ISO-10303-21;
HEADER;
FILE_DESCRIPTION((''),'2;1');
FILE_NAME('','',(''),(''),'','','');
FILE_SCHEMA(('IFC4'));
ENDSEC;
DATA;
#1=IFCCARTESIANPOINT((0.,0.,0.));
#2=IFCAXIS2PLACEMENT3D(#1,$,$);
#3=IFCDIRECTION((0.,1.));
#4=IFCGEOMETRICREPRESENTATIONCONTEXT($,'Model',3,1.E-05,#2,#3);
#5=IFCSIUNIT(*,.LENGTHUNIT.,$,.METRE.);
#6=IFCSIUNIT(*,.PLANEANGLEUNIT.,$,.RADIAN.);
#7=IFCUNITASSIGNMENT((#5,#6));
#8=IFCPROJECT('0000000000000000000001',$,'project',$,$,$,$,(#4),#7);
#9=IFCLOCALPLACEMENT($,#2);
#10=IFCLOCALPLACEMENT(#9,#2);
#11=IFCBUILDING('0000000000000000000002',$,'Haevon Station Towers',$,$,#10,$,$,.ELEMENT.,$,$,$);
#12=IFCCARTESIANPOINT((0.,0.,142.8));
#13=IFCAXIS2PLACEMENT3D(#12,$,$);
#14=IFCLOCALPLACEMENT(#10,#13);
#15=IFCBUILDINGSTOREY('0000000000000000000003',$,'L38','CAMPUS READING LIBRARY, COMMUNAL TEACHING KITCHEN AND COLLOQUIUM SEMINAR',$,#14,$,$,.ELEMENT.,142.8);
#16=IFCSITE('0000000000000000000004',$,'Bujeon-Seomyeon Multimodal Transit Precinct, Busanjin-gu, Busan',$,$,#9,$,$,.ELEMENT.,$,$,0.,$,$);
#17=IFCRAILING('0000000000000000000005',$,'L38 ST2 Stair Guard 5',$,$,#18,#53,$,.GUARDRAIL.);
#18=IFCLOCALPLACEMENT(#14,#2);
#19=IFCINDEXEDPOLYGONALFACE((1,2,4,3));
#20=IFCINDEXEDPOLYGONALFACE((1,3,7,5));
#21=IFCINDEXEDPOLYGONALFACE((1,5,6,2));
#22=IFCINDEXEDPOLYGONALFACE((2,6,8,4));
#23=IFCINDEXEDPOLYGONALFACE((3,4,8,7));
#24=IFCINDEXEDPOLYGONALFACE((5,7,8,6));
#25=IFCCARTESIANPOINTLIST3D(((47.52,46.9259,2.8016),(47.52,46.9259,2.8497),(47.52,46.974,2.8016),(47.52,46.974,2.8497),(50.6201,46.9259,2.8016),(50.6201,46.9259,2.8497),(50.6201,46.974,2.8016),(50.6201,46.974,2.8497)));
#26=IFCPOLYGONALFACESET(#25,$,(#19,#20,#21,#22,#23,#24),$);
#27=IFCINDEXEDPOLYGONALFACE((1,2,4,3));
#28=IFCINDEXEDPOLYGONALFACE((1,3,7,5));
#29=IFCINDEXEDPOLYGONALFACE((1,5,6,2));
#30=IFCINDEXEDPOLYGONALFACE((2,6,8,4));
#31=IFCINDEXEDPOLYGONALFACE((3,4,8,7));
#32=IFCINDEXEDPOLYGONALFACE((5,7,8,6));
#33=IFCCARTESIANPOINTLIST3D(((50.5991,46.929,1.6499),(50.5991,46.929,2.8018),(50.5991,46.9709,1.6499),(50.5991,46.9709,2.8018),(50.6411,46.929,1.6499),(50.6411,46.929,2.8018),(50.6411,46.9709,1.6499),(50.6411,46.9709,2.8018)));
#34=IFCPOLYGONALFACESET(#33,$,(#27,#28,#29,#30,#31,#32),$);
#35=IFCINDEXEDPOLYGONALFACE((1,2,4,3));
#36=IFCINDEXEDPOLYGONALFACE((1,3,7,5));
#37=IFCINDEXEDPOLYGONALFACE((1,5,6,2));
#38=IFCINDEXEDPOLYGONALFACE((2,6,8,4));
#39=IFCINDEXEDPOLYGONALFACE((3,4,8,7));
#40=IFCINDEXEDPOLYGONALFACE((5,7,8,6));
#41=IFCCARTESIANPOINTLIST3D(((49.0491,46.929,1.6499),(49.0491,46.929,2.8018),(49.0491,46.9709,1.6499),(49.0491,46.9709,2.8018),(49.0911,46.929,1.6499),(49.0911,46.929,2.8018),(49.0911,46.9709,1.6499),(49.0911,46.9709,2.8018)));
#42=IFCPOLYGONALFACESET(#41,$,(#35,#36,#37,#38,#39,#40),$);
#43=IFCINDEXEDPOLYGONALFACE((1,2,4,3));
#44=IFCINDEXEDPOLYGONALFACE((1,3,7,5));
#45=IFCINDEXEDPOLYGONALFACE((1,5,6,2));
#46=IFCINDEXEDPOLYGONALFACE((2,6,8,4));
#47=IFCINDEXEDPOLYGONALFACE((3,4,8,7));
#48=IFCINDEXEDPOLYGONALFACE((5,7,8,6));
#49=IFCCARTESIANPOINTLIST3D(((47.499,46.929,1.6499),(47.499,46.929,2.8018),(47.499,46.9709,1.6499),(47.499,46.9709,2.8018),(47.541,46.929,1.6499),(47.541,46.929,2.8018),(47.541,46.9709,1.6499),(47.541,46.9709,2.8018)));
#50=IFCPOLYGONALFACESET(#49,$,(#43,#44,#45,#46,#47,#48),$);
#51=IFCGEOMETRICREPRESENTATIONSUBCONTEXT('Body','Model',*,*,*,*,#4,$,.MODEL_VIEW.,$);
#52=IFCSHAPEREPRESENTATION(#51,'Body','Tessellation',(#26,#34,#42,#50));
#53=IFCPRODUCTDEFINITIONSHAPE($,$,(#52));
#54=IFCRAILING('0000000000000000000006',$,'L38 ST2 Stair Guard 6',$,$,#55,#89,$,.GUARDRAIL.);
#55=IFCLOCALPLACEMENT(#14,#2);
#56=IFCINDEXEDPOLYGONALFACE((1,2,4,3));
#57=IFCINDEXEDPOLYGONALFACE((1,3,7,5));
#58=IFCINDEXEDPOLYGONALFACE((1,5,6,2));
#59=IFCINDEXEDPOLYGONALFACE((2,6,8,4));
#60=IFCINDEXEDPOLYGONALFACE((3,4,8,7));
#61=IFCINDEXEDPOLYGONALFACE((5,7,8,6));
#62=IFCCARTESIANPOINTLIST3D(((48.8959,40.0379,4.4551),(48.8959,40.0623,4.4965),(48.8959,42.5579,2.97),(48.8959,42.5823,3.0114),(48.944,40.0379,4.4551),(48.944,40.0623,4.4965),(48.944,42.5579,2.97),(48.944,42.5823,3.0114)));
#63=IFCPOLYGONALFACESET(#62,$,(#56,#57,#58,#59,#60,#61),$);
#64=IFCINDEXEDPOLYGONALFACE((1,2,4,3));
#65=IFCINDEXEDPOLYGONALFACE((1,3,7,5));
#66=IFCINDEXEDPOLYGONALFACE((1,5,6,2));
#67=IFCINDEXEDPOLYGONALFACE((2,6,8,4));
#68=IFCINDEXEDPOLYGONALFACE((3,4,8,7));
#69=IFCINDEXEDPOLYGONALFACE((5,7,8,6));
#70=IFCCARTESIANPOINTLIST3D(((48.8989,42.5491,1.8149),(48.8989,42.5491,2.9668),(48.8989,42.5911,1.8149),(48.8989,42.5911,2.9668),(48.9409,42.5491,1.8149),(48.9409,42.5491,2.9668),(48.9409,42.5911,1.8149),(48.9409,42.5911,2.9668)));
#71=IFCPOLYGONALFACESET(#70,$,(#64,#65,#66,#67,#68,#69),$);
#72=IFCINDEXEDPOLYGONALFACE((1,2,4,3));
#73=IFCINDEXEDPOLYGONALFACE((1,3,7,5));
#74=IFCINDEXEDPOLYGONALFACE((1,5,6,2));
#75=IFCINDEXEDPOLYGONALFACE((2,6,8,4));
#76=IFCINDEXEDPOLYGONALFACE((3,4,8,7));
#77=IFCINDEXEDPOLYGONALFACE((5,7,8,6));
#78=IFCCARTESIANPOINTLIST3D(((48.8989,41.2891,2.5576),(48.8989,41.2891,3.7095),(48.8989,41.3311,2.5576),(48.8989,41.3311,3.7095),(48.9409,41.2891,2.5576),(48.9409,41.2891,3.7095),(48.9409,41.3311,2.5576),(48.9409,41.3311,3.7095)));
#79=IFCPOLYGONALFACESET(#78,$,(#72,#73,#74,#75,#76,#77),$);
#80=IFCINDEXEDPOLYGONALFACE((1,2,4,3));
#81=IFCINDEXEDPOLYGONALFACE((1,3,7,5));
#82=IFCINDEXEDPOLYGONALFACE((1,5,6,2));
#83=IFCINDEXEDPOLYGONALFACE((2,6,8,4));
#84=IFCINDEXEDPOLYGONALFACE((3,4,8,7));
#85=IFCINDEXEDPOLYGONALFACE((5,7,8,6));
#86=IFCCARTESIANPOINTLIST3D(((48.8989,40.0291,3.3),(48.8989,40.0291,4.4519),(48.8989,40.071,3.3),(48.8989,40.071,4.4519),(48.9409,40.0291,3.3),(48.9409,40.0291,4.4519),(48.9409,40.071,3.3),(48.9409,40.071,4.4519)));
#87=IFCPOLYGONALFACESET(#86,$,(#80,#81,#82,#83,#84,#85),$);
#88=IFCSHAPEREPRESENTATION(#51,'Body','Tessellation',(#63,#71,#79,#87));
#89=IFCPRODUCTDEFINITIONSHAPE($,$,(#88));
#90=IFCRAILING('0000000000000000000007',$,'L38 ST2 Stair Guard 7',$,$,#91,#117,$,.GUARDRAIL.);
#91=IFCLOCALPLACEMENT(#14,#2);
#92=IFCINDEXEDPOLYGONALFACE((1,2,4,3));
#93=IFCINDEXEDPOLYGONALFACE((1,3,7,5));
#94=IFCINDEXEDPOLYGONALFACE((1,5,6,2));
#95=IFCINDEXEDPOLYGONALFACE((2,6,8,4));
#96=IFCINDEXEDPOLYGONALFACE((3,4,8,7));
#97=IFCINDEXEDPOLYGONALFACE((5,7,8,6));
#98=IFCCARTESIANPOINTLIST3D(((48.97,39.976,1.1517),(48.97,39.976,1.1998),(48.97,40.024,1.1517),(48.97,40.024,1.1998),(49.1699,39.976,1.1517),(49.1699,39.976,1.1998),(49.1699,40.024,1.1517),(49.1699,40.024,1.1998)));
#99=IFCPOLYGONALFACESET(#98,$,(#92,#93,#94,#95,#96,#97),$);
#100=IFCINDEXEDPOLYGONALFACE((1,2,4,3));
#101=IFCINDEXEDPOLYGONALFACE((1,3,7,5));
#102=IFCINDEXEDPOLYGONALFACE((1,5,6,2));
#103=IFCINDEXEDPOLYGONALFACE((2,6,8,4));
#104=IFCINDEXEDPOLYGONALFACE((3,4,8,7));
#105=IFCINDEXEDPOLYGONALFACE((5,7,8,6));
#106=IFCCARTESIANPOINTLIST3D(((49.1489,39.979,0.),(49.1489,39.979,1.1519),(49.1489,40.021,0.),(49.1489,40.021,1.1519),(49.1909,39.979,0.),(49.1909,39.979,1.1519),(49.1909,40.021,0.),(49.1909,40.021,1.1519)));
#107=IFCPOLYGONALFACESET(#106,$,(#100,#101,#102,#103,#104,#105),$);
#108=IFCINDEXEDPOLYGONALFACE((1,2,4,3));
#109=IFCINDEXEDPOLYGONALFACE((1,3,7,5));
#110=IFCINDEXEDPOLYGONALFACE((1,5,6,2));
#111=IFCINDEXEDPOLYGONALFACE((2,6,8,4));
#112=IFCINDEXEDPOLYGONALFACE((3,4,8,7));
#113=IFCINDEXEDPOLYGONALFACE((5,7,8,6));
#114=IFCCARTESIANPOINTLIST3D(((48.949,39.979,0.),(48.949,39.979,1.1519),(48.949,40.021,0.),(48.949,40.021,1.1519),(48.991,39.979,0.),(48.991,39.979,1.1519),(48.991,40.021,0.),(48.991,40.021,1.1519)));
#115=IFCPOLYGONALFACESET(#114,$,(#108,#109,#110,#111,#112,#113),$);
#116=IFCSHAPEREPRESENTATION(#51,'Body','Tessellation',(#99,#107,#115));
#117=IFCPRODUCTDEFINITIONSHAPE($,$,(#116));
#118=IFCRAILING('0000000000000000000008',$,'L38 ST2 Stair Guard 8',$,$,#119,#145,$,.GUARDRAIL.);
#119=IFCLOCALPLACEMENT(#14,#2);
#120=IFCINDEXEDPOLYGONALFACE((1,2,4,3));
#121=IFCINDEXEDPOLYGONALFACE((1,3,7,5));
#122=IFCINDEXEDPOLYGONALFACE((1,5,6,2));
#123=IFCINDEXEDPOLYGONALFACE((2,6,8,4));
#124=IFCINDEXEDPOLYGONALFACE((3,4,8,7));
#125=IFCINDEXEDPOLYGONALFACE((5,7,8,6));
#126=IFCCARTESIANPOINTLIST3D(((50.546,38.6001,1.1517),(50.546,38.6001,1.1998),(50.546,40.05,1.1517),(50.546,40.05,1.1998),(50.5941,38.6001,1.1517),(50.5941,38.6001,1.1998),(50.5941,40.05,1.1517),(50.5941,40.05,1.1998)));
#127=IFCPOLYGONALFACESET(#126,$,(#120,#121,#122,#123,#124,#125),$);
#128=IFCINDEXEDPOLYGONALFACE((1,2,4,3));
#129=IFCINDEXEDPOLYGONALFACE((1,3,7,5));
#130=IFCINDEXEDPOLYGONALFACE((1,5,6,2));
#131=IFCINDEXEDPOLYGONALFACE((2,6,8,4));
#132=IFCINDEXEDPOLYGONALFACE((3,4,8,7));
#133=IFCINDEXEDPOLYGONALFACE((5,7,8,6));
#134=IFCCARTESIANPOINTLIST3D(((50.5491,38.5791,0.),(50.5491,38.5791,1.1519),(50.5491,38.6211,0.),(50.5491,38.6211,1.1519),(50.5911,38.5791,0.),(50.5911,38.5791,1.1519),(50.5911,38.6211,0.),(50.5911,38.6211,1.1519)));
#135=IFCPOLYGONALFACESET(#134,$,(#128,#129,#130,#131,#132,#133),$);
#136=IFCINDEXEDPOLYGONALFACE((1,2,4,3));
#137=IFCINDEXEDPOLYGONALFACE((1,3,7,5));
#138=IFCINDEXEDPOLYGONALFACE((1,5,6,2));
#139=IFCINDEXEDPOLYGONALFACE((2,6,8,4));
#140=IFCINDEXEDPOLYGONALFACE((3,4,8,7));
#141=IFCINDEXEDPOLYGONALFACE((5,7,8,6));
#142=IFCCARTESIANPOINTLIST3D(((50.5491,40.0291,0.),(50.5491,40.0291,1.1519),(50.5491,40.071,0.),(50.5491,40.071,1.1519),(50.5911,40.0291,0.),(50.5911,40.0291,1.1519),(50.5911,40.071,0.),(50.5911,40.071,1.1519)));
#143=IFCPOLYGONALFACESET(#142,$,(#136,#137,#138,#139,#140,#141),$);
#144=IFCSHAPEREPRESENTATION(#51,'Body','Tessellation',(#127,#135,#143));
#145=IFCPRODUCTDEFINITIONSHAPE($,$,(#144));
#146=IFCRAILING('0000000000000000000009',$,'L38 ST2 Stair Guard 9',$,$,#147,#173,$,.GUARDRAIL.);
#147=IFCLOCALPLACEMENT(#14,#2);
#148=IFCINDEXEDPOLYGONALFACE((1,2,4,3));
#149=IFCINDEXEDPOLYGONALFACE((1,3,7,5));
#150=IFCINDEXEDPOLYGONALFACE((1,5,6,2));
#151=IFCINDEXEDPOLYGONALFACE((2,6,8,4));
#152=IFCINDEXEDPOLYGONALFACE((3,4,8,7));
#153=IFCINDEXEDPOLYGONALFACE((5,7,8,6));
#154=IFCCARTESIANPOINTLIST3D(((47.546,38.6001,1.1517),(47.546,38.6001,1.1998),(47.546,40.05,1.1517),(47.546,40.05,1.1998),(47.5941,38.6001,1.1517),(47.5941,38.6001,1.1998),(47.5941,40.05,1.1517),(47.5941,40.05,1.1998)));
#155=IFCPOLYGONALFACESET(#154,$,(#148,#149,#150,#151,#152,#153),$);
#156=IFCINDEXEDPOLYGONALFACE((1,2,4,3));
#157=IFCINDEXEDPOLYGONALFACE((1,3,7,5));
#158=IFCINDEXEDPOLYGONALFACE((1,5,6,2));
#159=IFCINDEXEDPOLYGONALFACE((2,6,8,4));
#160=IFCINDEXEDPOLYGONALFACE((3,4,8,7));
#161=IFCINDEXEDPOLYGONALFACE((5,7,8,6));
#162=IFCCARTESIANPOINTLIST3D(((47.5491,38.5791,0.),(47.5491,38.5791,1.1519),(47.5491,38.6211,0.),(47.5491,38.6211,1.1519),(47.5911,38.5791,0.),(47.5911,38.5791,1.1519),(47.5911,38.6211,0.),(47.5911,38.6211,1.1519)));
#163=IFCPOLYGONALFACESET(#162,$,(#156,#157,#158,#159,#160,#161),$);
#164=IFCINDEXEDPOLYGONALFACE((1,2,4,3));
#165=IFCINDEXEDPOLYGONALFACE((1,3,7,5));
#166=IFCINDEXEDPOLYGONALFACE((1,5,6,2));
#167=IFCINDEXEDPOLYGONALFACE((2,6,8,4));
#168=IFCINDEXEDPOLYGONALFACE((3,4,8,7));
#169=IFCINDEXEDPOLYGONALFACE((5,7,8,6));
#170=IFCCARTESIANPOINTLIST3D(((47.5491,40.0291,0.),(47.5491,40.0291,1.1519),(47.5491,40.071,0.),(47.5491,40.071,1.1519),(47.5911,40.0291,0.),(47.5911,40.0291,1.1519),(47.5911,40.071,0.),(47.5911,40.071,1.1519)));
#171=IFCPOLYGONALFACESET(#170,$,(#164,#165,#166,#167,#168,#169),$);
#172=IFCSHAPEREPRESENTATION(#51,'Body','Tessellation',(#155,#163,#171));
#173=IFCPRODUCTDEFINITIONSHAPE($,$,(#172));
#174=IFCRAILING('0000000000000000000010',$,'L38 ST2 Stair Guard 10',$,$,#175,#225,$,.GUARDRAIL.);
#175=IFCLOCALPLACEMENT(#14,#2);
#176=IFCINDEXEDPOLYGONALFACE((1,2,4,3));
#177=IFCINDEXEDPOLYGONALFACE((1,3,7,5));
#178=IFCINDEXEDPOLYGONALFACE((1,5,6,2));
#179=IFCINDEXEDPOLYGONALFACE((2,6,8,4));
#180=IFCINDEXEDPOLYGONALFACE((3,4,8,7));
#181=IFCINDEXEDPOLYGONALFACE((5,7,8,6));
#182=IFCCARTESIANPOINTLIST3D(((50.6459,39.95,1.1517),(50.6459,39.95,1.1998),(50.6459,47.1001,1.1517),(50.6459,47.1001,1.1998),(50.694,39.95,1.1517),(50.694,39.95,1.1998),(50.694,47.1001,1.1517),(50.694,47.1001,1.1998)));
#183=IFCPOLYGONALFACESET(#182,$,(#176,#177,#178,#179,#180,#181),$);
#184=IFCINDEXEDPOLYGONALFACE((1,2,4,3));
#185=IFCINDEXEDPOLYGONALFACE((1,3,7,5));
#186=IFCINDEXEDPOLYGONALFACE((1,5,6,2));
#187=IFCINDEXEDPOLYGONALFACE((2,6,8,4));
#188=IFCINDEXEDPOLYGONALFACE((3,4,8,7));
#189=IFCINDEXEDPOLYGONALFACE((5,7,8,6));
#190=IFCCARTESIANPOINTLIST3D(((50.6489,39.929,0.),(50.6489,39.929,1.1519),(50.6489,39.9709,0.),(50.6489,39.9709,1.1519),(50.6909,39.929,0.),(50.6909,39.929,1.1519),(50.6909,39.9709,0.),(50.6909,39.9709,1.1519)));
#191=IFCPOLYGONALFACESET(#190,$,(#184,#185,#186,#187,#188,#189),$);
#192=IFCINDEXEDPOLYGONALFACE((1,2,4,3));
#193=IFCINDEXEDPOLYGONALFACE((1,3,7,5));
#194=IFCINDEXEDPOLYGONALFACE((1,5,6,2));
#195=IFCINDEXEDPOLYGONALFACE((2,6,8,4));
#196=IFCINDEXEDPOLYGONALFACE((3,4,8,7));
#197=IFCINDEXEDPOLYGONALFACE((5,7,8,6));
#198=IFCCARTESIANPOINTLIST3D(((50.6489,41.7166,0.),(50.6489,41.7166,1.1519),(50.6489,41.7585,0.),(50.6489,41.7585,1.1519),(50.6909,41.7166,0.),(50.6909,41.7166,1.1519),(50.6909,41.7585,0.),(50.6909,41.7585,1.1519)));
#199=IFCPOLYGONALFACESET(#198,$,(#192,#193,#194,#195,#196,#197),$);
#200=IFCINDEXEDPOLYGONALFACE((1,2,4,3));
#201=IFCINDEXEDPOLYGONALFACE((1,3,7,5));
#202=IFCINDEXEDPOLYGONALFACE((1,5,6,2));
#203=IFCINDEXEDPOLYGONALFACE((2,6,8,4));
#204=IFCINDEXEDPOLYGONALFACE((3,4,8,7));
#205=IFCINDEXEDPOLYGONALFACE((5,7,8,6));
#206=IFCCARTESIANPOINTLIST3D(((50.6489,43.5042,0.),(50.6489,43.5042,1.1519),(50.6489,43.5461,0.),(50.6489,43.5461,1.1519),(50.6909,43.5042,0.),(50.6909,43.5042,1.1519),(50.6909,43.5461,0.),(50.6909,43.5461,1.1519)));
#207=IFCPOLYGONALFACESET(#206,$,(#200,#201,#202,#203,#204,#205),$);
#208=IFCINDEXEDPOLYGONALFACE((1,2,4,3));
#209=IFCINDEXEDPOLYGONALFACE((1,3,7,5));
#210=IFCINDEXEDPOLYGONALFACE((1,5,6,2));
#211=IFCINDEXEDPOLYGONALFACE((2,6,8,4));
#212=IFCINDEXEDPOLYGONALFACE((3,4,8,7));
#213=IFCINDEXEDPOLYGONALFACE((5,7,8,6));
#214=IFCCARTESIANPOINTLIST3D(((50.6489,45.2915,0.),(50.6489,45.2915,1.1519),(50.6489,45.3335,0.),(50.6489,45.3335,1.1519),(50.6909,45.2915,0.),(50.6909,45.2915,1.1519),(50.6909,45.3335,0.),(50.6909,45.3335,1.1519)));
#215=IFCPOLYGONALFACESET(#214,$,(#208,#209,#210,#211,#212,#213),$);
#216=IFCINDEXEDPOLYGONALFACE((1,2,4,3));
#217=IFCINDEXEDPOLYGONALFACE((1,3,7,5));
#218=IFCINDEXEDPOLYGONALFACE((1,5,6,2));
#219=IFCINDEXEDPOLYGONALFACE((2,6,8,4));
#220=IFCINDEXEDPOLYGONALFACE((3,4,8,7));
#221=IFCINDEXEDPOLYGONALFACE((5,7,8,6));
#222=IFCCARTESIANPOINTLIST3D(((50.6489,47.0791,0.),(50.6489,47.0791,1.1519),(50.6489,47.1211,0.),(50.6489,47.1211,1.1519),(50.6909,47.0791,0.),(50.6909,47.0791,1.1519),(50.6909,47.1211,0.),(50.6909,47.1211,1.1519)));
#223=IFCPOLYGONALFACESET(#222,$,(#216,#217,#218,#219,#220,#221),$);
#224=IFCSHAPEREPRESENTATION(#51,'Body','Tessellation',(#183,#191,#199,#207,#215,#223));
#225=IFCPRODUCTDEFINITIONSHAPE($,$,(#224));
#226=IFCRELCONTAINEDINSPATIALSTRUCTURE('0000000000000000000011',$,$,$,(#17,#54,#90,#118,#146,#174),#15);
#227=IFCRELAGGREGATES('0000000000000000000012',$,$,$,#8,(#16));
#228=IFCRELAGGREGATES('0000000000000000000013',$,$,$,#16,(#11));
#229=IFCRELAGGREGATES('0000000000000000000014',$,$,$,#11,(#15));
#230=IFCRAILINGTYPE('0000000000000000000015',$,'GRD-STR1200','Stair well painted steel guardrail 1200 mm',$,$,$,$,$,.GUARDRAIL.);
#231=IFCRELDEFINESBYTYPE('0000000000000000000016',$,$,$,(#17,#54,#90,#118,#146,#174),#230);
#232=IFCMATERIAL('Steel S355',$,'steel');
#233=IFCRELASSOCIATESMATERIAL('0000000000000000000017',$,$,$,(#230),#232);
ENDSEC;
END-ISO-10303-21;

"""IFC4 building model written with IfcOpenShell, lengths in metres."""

from ifc_helpers import new_model, si_unit, direction, frame, origin, origin_2d, place, context, subcontext, project, spatial, rectangle, extrude, material, type_object, element, save


model = new_model("IFC4")

# Units and contexts
model_context = context("Model", 3, precision=1e-05, world=origin(), true_north=direction((0.0, 1.0)))
body_context = subcontext(model_context, "Body", "Model", "MODEL_VIEW")
ifc_project = project(units=[si_unit("LENGTHUNIT", "METRE"), si_unit("PLANEANGLEUNIT", "RADIAN")], contexts=[model_context])

# Site, building, storey
site_placement = place(None, origin())
site = spatial("IfcSite", under=ifc_project, at=site_placement, Name="Bujeon-Seomyeon Multimodal Transit Precinct, Busanjin-gu, Busan", CompositionType="ELEMENT", RefElevation=0.0)
building_placement = place(site_placement, origin())
building = spatial("IfcBuilding", under=site, at=building_placement, Name="Haevon Station Towers", CompositionType="ELEMENT")
storey_placement = place(building_placement, frame((0.0, 0.0, 142.8)))
storey = spatial("IfcBuildingStorey", under=building, at=storey_placement, Name="L38", Description="CAMPUS READING LIBRARY, COMMUNAL TEACHING KITCHEN AND COLLOQUIUM SEMINAR", CompositionType="ELEMENT", Elevation=142.8)

# Shared definitions
ifc_material_1 = material(Name="Steel S355", Category="steel")

# Railings
railing_type_1 = type_object("IfcRailingType", Name="GRD-STR1200", Description="Stair well painted steel guardrail 1200 mm", PredefinedType="GUARDRAIL", material=ifc_material_1)
railing_1_placement = place(storey_placement, frame((50.6201, 46.95, 1.6499)))
element("IfcRailing", 1, at=railing_1_placement, inside=storey, type_object=railing_type_1, Name="L38 ST2 Stair Guard 5", PredefinedType="GUARDRAIL", context=body_context, shape_type="SweptSolid", body=[
    extrude(rectangle(XDim=0.0481, YDim=0.0481, at=origin_2d()), frame((0.0, 0.0, 1.1758), z_axis=(-1.0, 0.0, 0.0), x_axis=(0.0, -1.0, 0.0)), (0.0, 0.0, 1.0), 3.1001),
    extrude(rectangle(XDim=0.042, YDim=0.042, at=origin_2d()), origin(), (0.0, 0.0, 1.0), 1.1519),
    extrude(rectangle(XDim=0.042, YDim=0.042, at=origin_2d()), frame((-1.55, 0.0, 0.0)), (0.0, 0.0, 1.0), 1.1519),
    extrude(rectangle(XDim=0.042, YDim=0.042, at=origin_2d()), frame((-3.1001, 0.0, 0.0)), (0.0, 0.0, 1.0), 1.1519),
])
railing_2_placement = place(storey_placement, frame((48.9199, 42.5701, 1.8149)))
element("IfcRailing", 2, at=railing_2_placement, inside=storey, type_object=railing_type_1, Name="L38 ST2 Stair Guard 6", PredefinedType="GUARDRAIL", context=body_context, shape_type="SweptSolid", body=[
    extrude(rectangle(XDim=0.0481, YDim=0.0481, at=origin_2d()), frame((0.0, 0.0, 1.1758), z_axis=(0.0, -0.861524, 0.507717), x_axis=(1.0, 0.0, 0.0)), (0.0, 0.0, 1.0), 2.925),
    extrude(rectangle(XDim=0.042, YDim=0.042, at=origin_2d()), origin(), (0.0, 0.0, 1.0), 1.1519),
    extrude(rectangle(XDim=0.042, YDim=0.042, at=origin_2d()), frame((0.0, -1.26, 0.7427)), (0.0, 0.0, 1.0), 1.1519),
    extrude(rectangle(XDim=0.042, YDim=0.042, at=origin_2d()), frame((0.0, -2.52, 1.4851)), (0.0, 0.0, 1.0), 1.1519),
])
railing_3_placement = place(storey_placement, frame((49.1699, 40.0, 0.0)))
element("IfcRailing", 3, at=railing_3_placement, inside=storey, type_object=railing_type_1, Name="L38 ST2 Stair Guard 7", PredefinedType="GUARDRAIL", context=body_context, shape_type="SweptSolid", body=[
    extrude(rectangle(XDim=0.0481, YDim=0.0481, at=origin_2d()), frame((0.0, 0.0, 1.1758), z_axis=(-1.0, 0.0, 0.0), x_axis=(0.0, -1.0, 0.0)), (0.0, 0.0, 1.0), 0.2),
    extrude(rectangle(XDim=0.042, YDim=0.042, at=origin_2d()), origin(), (0.0, 0.0, 1.0), 1.1519),
    extrude(rectangle(XDim=0.042, YDim=0.042, at=origin_2d()), frame((-0.2, 0.0, 0.0)), (0.0, 0.0, 1.0), 1.1519),
])
for number, where, name in (
    (4, (50.5701, 38.6001, 0.0), "L38 ST2 Stair Guard 8"),
    (5, (47.5701, 38.6001, 0.0), "L38 ST2 Stair Guard 9"),
):
    element("IfcRailing", number, at=place(storey_placement, frame(where)), inside=storey, type_object=railing_type_1, Name=name, PredefinedType="GUARDRAIL", context=body_context, shape_type="SweptSolid", body=[
        extrude(rectangle(XDim=0.0481, YDim=0.0481, at=origin_2d()), frame((0.0, 0.0, 1.1758), z_axis=(0.0, 1.0, 0.0), x_axis=(-1.0, 0.0, 0.0)), (0.0, 0.0, 1.0), 1.45),
        extrude(rectangle(XDim=0.042, YDim=0.042, at=origin_2d()), origin(), (0.0, 0.0, 1.0), 1.1519),
        extrude(rectangle(XDim=0.042, YDim=0.042, at=origin_2d()), frame((0.0, 1.45, 0.0)), (0.0, 0.0, 1.0), 1.1519),
    ])
for number, where, name in (
    (6, (50.6699, 39.95, 0.0), "L38 ST2 Stair Guard 10"),
):
    element("IfcRailing", number, at=place(storey_placement, frame(where)), inside=storey, type_object=railing_type_1, Name=name, PredefinedType="GUARDRAIL", context=body_context, shape_type="SweptSolid", body=[
        extrude(rectangle(XDim=0.0481, YDim=0.0481, at=origin_2d()), frame((0.0, 0.0, 1.1758), z_axis=(0.0, 1.0, 0.0), x_axis=(-1.0, 0.0, 0.0)), (0.0, 0.0, 1.0), 7.1501),
        extrude(rectangle(XDim=0.042, YDim=0.042, at=origin_2d()), origin(), (0.0, 0.0, 1.0), 1.1519),
        extrude(rectangle(XDim=0.042, YDim=0.042, at=origin_2d()), frame((0.0, 1.7876, 0.0)), (0.0, 0.0, 1.0), 1.1519),
        extrude(rectangle(XDim=0.042, YDim=0.042, at=origin_2d()), frame((0.0, 3.5752, 0.0)), (0.0, 0.0, 1.0), 1.1519),
        extrude(rectangle(XDim=0.042, YDim=0.042, at=origin_2d()), frame((0.0, 5.3625, 0.0)), (0.0, 0.0, 1.0), 1.1519),
        extrude(rectangle(XDim=0.042, YDim=0.042, at=origin_2d()), frame((0.0, 7.1501, 0.0)), (0.0, 0.0, 1.0), 1.1519),
    ])

save(model, "model.ifc")
